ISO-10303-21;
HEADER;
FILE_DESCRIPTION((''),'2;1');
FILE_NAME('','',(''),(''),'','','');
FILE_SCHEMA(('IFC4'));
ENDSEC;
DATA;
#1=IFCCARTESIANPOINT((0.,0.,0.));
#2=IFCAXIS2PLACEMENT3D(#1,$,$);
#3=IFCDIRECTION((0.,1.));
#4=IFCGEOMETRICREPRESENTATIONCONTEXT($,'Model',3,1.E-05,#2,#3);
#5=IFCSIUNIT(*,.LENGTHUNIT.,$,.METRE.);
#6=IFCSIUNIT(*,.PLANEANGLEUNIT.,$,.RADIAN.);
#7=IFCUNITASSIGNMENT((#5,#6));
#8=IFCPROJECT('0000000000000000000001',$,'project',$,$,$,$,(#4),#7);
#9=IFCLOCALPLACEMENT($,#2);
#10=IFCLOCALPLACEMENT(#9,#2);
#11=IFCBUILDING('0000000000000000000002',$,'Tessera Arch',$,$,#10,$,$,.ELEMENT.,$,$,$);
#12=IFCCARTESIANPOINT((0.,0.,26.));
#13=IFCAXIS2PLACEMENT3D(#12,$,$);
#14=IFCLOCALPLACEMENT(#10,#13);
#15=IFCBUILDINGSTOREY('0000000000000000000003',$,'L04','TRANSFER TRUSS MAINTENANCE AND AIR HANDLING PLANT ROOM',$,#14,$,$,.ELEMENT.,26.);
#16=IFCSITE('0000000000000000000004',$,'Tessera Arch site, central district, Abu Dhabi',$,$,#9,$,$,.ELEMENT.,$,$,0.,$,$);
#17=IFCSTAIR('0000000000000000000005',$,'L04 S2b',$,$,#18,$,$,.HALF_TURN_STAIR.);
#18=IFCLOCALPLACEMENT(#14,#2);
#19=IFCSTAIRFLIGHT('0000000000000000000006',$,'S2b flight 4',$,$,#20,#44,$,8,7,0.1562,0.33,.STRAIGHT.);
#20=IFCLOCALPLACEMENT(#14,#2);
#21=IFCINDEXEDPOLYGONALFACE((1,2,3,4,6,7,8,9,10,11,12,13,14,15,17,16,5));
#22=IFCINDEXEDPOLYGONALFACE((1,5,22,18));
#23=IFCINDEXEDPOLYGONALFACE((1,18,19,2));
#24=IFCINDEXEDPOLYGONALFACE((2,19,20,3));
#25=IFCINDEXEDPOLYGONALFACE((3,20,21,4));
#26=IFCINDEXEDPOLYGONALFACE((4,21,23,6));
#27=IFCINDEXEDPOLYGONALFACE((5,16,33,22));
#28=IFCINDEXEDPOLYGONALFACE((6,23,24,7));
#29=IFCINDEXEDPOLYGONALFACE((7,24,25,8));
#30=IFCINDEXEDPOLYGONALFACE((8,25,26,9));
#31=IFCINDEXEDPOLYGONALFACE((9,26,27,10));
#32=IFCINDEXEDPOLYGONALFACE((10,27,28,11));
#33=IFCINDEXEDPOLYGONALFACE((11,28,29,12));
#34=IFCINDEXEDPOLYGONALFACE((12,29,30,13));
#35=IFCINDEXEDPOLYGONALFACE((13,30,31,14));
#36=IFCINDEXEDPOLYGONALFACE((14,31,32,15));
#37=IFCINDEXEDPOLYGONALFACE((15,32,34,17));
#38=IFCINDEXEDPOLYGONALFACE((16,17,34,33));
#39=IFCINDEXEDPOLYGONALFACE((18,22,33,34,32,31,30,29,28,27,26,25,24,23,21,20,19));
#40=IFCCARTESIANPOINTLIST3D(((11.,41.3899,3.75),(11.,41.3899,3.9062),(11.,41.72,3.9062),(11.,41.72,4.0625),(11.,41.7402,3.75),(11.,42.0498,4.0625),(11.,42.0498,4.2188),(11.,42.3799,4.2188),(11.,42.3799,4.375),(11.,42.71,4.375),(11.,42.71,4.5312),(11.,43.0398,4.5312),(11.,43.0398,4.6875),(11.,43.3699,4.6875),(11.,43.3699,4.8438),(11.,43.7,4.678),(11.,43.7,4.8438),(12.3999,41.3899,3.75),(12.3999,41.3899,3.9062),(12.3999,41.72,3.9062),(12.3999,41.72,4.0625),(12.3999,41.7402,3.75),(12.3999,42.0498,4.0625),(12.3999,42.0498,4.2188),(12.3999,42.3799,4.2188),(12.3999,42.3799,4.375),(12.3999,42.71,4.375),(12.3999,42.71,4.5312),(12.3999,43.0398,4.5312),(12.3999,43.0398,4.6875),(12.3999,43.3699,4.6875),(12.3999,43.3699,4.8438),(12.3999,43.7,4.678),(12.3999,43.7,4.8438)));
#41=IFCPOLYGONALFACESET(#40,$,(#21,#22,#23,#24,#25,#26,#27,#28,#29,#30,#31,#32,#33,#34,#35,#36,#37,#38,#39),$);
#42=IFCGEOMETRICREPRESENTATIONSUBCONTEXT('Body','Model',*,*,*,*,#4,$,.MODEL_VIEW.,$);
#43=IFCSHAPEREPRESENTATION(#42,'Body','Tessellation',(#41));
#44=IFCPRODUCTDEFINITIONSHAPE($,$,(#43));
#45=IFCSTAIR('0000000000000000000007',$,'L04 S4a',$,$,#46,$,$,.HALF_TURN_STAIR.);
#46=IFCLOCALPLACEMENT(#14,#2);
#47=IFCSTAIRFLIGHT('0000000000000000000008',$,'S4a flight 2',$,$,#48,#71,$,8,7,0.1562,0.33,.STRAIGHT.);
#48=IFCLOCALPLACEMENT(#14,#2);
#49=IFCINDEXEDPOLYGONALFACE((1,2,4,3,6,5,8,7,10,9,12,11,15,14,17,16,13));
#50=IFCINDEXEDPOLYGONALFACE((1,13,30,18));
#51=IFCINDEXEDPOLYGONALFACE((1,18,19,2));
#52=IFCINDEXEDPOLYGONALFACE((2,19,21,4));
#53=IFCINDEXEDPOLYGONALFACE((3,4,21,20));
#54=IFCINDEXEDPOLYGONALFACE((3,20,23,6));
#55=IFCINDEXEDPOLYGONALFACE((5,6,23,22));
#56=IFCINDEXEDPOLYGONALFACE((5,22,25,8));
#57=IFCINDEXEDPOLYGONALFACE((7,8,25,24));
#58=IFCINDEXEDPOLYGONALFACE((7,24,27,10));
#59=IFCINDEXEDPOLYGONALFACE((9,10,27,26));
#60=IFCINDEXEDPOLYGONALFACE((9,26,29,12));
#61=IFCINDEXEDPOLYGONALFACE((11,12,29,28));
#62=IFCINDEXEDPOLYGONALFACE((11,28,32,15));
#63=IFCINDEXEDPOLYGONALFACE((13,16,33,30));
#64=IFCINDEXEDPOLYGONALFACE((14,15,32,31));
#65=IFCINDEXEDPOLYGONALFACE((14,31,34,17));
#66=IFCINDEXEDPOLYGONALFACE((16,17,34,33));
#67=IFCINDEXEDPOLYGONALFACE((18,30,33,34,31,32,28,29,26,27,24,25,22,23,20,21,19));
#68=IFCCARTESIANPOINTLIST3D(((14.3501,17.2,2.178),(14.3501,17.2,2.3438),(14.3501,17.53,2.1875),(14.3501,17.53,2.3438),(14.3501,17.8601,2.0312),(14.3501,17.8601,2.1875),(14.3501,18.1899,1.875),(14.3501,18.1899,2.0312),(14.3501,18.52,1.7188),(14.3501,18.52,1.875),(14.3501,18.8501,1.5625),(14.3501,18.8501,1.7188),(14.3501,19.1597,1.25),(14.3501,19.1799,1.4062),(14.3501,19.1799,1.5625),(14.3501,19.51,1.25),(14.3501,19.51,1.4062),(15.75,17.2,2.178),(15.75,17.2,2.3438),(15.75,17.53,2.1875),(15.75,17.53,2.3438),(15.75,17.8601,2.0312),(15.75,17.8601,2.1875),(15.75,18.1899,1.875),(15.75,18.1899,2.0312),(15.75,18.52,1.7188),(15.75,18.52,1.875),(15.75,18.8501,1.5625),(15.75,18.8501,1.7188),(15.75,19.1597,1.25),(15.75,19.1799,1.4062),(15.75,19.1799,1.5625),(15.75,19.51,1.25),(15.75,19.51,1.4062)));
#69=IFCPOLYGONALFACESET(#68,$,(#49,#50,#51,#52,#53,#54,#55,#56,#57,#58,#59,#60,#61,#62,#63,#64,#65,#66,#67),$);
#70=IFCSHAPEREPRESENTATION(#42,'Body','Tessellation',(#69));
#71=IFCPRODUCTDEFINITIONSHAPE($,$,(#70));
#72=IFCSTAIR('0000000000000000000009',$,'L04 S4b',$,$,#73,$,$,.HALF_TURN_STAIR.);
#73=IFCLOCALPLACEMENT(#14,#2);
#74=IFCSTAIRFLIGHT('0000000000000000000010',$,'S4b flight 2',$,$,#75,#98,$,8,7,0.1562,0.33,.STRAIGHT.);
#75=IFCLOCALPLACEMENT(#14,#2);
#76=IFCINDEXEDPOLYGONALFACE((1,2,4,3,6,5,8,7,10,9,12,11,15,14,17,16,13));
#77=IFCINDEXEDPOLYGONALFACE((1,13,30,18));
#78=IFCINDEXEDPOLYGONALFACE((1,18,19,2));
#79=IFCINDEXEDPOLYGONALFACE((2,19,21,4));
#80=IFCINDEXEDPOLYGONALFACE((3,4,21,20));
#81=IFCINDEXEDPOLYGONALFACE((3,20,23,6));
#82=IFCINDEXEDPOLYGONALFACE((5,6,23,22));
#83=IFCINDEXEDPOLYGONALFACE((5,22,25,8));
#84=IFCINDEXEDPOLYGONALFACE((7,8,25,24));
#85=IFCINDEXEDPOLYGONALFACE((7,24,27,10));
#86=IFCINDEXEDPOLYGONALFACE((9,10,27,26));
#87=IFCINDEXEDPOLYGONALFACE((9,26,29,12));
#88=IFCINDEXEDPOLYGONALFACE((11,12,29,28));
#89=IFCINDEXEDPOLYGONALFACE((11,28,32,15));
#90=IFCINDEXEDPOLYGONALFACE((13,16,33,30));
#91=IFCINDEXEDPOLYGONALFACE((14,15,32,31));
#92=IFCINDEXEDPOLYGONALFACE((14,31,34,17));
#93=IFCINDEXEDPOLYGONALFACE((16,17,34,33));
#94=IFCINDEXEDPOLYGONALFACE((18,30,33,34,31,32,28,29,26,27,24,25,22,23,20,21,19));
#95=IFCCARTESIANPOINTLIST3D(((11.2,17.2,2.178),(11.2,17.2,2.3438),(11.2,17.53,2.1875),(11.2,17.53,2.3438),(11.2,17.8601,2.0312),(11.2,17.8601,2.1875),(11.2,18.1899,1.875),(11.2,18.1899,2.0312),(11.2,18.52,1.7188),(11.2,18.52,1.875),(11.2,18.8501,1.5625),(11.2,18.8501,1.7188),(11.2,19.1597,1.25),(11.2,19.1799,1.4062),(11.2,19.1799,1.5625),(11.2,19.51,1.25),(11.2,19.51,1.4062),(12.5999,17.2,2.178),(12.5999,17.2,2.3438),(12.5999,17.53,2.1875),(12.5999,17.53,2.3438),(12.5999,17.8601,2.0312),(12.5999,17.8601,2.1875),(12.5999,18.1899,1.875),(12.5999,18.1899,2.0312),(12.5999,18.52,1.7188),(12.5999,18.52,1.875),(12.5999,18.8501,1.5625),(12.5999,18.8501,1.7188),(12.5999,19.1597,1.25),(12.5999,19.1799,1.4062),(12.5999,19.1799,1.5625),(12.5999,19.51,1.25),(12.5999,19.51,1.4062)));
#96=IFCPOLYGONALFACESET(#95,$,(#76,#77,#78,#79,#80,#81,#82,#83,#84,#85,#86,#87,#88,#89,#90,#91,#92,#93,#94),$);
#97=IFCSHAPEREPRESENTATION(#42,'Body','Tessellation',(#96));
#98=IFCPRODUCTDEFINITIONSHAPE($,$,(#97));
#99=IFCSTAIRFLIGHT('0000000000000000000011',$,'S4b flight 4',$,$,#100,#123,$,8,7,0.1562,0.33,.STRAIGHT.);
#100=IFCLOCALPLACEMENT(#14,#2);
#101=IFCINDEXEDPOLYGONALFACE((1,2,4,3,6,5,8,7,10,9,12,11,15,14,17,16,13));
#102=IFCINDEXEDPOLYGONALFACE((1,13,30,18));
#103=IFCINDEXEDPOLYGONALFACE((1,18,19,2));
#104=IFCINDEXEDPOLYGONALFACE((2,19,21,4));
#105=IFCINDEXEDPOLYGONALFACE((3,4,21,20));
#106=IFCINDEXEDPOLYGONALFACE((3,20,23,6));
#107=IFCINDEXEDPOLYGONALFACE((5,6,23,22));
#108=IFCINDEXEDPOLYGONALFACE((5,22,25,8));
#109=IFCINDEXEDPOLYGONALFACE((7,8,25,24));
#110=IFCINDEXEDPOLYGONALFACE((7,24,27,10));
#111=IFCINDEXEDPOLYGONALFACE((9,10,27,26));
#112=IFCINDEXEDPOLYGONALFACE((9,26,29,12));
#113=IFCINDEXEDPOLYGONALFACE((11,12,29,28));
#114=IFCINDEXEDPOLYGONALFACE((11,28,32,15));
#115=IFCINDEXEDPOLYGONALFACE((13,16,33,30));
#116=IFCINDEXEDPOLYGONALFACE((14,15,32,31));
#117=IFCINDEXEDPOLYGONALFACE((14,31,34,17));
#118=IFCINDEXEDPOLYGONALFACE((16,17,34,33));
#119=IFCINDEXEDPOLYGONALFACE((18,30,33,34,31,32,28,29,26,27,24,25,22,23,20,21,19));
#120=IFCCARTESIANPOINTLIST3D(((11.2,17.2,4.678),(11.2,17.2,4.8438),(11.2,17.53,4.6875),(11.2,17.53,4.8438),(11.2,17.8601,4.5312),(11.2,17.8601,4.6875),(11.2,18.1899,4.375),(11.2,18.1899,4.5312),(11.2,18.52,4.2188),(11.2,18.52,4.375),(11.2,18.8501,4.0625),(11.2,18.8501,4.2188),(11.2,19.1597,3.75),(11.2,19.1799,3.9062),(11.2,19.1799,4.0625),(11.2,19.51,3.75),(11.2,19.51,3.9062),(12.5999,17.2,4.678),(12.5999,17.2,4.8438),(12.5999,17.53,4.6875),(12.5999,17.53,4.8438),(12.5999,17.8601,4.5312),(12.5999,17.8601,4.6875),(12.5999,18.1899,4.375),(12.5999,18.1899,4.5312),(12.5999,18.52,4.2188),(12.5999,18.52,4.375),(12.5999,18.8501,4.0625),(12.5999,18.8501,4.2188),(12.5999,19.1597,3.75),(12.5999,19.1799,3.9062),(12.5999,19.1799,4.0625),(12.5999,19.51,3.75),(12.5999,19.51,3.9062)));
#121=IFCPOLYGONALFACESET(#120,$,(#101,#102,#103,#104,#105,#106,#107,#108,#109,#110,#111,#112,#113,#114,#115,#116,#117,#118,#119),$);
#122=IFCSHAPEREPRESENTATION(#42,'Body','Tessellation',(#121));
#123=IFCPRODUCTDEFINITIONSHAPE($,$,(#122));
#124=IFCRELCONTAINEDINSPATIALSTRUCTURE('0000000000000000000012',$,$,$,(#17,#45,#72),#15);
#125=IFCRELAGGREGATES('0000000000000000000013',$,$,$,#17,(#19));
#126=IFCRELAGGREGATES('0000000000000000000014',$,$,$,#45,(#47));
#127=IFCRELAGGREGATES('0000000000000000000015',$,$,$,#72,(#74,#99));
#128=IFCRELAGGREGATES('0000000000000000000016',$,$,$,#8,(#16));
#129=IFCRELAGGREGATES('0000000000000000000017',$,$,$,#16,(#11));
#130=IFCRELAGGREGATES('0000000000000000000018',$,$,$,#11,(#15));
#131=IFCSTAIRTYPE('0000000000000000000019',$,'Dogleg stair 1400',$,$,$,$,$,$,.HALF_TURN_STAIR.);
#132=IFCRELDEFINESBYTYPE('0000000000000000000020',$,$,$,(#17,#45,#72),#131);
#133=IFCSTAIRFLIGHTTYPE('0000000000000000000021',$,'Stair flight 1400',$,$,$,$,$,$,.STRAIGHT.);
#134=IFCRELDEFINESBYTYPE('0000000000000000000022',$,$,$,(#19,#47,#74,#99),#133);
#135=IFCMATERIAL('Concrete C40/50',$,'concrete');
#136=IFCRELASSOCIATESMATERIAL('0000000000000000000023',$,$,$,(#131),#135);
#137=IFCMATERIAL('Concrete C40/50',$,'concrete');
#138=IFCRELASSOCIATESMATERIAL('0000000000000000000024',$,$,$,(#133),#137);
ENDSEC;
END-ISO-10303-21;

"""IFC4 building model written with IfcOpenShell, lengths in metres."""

from ifc_helpers import new_model, si_unit, direction, frame, origin, place, context, subcontext, project, spatial, polyline, outline, extrude, material, type_object, element, aggregate, save


model = new_model("IFC4")

# Units and contexts
model_context = context("Model", 3, precision=1e-05, world=origin(), true_north=direction((0.0, 1.0)))
body_context = subcontext(model_context, "Body", "Model", "MODEL_VIEW")
ifc_project = project(units=[si_unit("LENGTHUNIT", "METRE"), si_unit("PLANEANGLEUNIT", "RADIAN")], contexts=[model_context])

# Site, building, storey
site_placement = place(None, origin())
site = spatial("IfcSite", under=ifc_project, at=site_placement, Name="Tessera Arch site, central district, Abu Dhabi", CompositionType="ELEMENT", RefElevation=0.0)
building_placement = place(site_placement, origin())
building = spatial("IfcBuilding", under=site, at=building_placement, Name="Tessera Arch", CompositionType="ELEMENT")
storey_placement = place(building_placement, frame((0.0, 0.0, 26.0)))
storey = spatial("IfcBuildingStorey", under=building, at=storey_placement, Name="L04", Description="TRANSFER TRUSS MAINTENANCE AND AIR HANDLING PLANT ROOM", CompositionType="ELEMENT", Elevation=26.0)

# Stair, stair flight
ifc_material_1 = material(Name="Concrete C40/50", Category="concrete")
stair_type = type_object("IfcStairType", Name="Dogleg stair 1400", PredefinedType="HALF_TURN_STAIR", material=ifc_material_1)
ifc_material_2 = material(Name="Concrete C40/50", Category="concrete")
stair_flight_type = type_object("IfcStairFlightType", Name="Stair flight 1400", PredefinedType="STRAIGHT", material=ifc_material_2)
stair_1_placement = place(storey_placement, origin())
stair_1 = element("IfcStair", 1, at=stair_1_placement, inside=storey, type_object=stair_type, Name="L04 S2b", PredefinedType="HALF_TURN_STAIR")
stair_flight_1_placement = place(storey_placement, frame((11.7, 41.3899, 3.75), z_axis=(0.0, 0.0, 1.0), x_axis=(0.0, 1.0, 0.0)))
stair_flight_1 = element("IfcStairFlight", 2, at=stair_flight_1_placement, type_object=stair_flight_type, Name="S2b flight 4", NumberOfRisers=8, NumberOfTreads=7, PredefinedType="STRAIGHT", RiserHeight=0.1562, TreadLength=0.33, context=body_context, shape_type="SweptSolid", body=[
    extrude(outline(polyline([(0.0, 0.0), (0.0, 0.1562), (0.3301, 0.1562), (0.3301, 0.3125), (0.6599, 0.3125), (0.6599, 0.4688), (0.99, 0.4688), (0.99, 0.625), (1.3201, 0.625), (1.3201, 0.7812), (1.6499, 0.7812), (1.6499, 0.9375), (1.98, 0.9375), (1.98, 1.0938), (2.3101, 1.0938), (2.3101, 1.25), (2.3101, 0.928), (0.3503, 0.0), (0.0, 0.0)])), frame((0.0, 0.7, 0.0), z_axis=(0.0, -1.0, 0.0), x_axis=(1.0, 0.0, 0.0)), (0.0, 0.0, 1.0), 1.3999),
])
aggregate(stair_1, [stair_flight_1])

# Stair, stair flight
stair_2_placement = place(storey_placement, origin())
stair_2 = element("IfcStair", 3, at=stair_2_placement, inside=storey, type_object=stair_type, Name="L04 S4a", PredefinedType="HALF_TURN_STAIR")
stair_flight_2_placement = place(storey_placement, frame((15.05, 19.51, 1.25), z_axis=(0.0, 0.0, 1.0), x_axis=(0.0, -1.0, 0.0)))
stair_flight_2 = element("IfcStairFlight", 4, at=stair_flight_2_placement, type_object=stair_flight_type, Name="S4a flight 2", NumberOfRisers=8, NumberOfTreads=7, PredefinedType="STRAIGHT", RiserHeight=0.1562, TreadLength=0.33, context=body_context, shape_type="SweptSolid", body=[
    extrude(outline(polyline([(0.0, 0.0), (0.0, 0.1562), (0.3301, 0.1562), (0.3301, 0.3125), (0.6599, 0.3125), (0.6599, 0.4688), (0.99, 0.4688), (0.99, 0.625), (1.3201, 0.625), (1.3201, 0.7812), (1.6499, 0.7812), (1.6499, 0.9375), (1.98, 0.9375), (1.98, 1.0938), (2.3101, 1.0938), (2.3101, 1.25), (2.3101, 0.928), (0.3503, 0.0), (0.0, 0.0)])), frame((0.0, 0.7, 0.0), z_axis=(0.0, -1.0, 0.0), x_axis=(1.0, 0.0, 0.0)), (0.0, 0.0, 1.0), 1.3999),
])
aggregate(stair_2, [stair_flight_2])

# Stair, stair flights
stair_3_placement = place(storey_placement, origin())
stair_3 = element("IfcStair", 5, at=stair_3_placement, inside=storey, type_object=stair_type, Name="L04 S4b", PredefinedType="HALF_TURN_STAIR")
stair_flight_3_placement = place(storey_placement, frame((11.8999, 19.51, 1.25), z_axis=(0.0, 0.0, 1.0), x_axis=(0.0, -1.0, 0.0)))
stair_flight_3 = element("IfcStairFlight", 6, at=stair_flight_3_placement, type_object=stair_flight_type, Name="S4b flight 2", NumberOfRisers=8, NumberOfTreads=7, PredefinedType="STRAIGHT", RiserHeight=0.1562, TreadLength=0.33, context=body_context, shape_type="SweptSolid", body=[
    extrude(outline(polyline([(0.0, 0.0), (0.0, 0.1562), (0.3301, 0.1562), (0.3301, 0.3125), (0.6599, 0.3125), (0.6599, 0.4688), (0.99, 0.4688), (0.99, 0.625), (1.3201, 0.625), (1.3201, 0.7812), (1.6499, 0.7812), (1.6499, 0.9375), (1.98, 0.9375), (1.98, 1.0938), (2.3101, 1.0938), (2.3101, 1.25), (2.3101, 0.928), (0.3503, 0.0), (0.0, 0.0)])), frame((0.0, 0.7, 0.0), z_axis=(0.0, -1.0, 0.0), x_axis=(1.0, 0.0, 0.0)), (0.0, 0.0, 1.0), 1.3999),
])
stair_flight_4_placement = place(storey_placement, frame((11.8999, 19.51, 3.75), z_axis=(0.0, 0.0, 1.0), x_axis=(0.0, -1.0, 0.0)))
stair_flight_4 = element("IfcStairFlight", 7, at=stair_flight_4_placement, type_object=stair_flight_type, Name="S4b flight 4", NumberOfRisers=8, NumberOfTreads=7, PredefinedType="STRAIGHT", RiserHeight=0.1562, TreadLength=0.33, context=body_context, shape_type="SweptSolid", body=[
    extrude(outline(polyline([(0.0, 0.0), (0.0, 0.1562), (0.3301, 0.1562), (0.3301, 0.3125), (0.6599, 0.3125), (0.6599, 0.4688), (0.99, 0.4688), (0.99, 0.625), (1.3201, 0.625), (1.3201, 0.7812), (1.6499, 0.7812), (1.6499, 0.9375), (1.98, 0.9375), (1.98, 1.0938), (2.3101, 1.0938), (2.3101, 1.25), (2.3101, 0.928), (0.3503, 0.0), (0.0, 0.0)])), frame((0.0, 0.7, 0.0), z_axis=(0.0, -1.0, 0.0), x_axis=(1.0, 0.0, 0.0)), (0.0, 0.0, 1.0), 1.3999),
])
aggregate(stair_3, [stair_flight_3, stair_flight_4])

save(model, "model.ifc")
